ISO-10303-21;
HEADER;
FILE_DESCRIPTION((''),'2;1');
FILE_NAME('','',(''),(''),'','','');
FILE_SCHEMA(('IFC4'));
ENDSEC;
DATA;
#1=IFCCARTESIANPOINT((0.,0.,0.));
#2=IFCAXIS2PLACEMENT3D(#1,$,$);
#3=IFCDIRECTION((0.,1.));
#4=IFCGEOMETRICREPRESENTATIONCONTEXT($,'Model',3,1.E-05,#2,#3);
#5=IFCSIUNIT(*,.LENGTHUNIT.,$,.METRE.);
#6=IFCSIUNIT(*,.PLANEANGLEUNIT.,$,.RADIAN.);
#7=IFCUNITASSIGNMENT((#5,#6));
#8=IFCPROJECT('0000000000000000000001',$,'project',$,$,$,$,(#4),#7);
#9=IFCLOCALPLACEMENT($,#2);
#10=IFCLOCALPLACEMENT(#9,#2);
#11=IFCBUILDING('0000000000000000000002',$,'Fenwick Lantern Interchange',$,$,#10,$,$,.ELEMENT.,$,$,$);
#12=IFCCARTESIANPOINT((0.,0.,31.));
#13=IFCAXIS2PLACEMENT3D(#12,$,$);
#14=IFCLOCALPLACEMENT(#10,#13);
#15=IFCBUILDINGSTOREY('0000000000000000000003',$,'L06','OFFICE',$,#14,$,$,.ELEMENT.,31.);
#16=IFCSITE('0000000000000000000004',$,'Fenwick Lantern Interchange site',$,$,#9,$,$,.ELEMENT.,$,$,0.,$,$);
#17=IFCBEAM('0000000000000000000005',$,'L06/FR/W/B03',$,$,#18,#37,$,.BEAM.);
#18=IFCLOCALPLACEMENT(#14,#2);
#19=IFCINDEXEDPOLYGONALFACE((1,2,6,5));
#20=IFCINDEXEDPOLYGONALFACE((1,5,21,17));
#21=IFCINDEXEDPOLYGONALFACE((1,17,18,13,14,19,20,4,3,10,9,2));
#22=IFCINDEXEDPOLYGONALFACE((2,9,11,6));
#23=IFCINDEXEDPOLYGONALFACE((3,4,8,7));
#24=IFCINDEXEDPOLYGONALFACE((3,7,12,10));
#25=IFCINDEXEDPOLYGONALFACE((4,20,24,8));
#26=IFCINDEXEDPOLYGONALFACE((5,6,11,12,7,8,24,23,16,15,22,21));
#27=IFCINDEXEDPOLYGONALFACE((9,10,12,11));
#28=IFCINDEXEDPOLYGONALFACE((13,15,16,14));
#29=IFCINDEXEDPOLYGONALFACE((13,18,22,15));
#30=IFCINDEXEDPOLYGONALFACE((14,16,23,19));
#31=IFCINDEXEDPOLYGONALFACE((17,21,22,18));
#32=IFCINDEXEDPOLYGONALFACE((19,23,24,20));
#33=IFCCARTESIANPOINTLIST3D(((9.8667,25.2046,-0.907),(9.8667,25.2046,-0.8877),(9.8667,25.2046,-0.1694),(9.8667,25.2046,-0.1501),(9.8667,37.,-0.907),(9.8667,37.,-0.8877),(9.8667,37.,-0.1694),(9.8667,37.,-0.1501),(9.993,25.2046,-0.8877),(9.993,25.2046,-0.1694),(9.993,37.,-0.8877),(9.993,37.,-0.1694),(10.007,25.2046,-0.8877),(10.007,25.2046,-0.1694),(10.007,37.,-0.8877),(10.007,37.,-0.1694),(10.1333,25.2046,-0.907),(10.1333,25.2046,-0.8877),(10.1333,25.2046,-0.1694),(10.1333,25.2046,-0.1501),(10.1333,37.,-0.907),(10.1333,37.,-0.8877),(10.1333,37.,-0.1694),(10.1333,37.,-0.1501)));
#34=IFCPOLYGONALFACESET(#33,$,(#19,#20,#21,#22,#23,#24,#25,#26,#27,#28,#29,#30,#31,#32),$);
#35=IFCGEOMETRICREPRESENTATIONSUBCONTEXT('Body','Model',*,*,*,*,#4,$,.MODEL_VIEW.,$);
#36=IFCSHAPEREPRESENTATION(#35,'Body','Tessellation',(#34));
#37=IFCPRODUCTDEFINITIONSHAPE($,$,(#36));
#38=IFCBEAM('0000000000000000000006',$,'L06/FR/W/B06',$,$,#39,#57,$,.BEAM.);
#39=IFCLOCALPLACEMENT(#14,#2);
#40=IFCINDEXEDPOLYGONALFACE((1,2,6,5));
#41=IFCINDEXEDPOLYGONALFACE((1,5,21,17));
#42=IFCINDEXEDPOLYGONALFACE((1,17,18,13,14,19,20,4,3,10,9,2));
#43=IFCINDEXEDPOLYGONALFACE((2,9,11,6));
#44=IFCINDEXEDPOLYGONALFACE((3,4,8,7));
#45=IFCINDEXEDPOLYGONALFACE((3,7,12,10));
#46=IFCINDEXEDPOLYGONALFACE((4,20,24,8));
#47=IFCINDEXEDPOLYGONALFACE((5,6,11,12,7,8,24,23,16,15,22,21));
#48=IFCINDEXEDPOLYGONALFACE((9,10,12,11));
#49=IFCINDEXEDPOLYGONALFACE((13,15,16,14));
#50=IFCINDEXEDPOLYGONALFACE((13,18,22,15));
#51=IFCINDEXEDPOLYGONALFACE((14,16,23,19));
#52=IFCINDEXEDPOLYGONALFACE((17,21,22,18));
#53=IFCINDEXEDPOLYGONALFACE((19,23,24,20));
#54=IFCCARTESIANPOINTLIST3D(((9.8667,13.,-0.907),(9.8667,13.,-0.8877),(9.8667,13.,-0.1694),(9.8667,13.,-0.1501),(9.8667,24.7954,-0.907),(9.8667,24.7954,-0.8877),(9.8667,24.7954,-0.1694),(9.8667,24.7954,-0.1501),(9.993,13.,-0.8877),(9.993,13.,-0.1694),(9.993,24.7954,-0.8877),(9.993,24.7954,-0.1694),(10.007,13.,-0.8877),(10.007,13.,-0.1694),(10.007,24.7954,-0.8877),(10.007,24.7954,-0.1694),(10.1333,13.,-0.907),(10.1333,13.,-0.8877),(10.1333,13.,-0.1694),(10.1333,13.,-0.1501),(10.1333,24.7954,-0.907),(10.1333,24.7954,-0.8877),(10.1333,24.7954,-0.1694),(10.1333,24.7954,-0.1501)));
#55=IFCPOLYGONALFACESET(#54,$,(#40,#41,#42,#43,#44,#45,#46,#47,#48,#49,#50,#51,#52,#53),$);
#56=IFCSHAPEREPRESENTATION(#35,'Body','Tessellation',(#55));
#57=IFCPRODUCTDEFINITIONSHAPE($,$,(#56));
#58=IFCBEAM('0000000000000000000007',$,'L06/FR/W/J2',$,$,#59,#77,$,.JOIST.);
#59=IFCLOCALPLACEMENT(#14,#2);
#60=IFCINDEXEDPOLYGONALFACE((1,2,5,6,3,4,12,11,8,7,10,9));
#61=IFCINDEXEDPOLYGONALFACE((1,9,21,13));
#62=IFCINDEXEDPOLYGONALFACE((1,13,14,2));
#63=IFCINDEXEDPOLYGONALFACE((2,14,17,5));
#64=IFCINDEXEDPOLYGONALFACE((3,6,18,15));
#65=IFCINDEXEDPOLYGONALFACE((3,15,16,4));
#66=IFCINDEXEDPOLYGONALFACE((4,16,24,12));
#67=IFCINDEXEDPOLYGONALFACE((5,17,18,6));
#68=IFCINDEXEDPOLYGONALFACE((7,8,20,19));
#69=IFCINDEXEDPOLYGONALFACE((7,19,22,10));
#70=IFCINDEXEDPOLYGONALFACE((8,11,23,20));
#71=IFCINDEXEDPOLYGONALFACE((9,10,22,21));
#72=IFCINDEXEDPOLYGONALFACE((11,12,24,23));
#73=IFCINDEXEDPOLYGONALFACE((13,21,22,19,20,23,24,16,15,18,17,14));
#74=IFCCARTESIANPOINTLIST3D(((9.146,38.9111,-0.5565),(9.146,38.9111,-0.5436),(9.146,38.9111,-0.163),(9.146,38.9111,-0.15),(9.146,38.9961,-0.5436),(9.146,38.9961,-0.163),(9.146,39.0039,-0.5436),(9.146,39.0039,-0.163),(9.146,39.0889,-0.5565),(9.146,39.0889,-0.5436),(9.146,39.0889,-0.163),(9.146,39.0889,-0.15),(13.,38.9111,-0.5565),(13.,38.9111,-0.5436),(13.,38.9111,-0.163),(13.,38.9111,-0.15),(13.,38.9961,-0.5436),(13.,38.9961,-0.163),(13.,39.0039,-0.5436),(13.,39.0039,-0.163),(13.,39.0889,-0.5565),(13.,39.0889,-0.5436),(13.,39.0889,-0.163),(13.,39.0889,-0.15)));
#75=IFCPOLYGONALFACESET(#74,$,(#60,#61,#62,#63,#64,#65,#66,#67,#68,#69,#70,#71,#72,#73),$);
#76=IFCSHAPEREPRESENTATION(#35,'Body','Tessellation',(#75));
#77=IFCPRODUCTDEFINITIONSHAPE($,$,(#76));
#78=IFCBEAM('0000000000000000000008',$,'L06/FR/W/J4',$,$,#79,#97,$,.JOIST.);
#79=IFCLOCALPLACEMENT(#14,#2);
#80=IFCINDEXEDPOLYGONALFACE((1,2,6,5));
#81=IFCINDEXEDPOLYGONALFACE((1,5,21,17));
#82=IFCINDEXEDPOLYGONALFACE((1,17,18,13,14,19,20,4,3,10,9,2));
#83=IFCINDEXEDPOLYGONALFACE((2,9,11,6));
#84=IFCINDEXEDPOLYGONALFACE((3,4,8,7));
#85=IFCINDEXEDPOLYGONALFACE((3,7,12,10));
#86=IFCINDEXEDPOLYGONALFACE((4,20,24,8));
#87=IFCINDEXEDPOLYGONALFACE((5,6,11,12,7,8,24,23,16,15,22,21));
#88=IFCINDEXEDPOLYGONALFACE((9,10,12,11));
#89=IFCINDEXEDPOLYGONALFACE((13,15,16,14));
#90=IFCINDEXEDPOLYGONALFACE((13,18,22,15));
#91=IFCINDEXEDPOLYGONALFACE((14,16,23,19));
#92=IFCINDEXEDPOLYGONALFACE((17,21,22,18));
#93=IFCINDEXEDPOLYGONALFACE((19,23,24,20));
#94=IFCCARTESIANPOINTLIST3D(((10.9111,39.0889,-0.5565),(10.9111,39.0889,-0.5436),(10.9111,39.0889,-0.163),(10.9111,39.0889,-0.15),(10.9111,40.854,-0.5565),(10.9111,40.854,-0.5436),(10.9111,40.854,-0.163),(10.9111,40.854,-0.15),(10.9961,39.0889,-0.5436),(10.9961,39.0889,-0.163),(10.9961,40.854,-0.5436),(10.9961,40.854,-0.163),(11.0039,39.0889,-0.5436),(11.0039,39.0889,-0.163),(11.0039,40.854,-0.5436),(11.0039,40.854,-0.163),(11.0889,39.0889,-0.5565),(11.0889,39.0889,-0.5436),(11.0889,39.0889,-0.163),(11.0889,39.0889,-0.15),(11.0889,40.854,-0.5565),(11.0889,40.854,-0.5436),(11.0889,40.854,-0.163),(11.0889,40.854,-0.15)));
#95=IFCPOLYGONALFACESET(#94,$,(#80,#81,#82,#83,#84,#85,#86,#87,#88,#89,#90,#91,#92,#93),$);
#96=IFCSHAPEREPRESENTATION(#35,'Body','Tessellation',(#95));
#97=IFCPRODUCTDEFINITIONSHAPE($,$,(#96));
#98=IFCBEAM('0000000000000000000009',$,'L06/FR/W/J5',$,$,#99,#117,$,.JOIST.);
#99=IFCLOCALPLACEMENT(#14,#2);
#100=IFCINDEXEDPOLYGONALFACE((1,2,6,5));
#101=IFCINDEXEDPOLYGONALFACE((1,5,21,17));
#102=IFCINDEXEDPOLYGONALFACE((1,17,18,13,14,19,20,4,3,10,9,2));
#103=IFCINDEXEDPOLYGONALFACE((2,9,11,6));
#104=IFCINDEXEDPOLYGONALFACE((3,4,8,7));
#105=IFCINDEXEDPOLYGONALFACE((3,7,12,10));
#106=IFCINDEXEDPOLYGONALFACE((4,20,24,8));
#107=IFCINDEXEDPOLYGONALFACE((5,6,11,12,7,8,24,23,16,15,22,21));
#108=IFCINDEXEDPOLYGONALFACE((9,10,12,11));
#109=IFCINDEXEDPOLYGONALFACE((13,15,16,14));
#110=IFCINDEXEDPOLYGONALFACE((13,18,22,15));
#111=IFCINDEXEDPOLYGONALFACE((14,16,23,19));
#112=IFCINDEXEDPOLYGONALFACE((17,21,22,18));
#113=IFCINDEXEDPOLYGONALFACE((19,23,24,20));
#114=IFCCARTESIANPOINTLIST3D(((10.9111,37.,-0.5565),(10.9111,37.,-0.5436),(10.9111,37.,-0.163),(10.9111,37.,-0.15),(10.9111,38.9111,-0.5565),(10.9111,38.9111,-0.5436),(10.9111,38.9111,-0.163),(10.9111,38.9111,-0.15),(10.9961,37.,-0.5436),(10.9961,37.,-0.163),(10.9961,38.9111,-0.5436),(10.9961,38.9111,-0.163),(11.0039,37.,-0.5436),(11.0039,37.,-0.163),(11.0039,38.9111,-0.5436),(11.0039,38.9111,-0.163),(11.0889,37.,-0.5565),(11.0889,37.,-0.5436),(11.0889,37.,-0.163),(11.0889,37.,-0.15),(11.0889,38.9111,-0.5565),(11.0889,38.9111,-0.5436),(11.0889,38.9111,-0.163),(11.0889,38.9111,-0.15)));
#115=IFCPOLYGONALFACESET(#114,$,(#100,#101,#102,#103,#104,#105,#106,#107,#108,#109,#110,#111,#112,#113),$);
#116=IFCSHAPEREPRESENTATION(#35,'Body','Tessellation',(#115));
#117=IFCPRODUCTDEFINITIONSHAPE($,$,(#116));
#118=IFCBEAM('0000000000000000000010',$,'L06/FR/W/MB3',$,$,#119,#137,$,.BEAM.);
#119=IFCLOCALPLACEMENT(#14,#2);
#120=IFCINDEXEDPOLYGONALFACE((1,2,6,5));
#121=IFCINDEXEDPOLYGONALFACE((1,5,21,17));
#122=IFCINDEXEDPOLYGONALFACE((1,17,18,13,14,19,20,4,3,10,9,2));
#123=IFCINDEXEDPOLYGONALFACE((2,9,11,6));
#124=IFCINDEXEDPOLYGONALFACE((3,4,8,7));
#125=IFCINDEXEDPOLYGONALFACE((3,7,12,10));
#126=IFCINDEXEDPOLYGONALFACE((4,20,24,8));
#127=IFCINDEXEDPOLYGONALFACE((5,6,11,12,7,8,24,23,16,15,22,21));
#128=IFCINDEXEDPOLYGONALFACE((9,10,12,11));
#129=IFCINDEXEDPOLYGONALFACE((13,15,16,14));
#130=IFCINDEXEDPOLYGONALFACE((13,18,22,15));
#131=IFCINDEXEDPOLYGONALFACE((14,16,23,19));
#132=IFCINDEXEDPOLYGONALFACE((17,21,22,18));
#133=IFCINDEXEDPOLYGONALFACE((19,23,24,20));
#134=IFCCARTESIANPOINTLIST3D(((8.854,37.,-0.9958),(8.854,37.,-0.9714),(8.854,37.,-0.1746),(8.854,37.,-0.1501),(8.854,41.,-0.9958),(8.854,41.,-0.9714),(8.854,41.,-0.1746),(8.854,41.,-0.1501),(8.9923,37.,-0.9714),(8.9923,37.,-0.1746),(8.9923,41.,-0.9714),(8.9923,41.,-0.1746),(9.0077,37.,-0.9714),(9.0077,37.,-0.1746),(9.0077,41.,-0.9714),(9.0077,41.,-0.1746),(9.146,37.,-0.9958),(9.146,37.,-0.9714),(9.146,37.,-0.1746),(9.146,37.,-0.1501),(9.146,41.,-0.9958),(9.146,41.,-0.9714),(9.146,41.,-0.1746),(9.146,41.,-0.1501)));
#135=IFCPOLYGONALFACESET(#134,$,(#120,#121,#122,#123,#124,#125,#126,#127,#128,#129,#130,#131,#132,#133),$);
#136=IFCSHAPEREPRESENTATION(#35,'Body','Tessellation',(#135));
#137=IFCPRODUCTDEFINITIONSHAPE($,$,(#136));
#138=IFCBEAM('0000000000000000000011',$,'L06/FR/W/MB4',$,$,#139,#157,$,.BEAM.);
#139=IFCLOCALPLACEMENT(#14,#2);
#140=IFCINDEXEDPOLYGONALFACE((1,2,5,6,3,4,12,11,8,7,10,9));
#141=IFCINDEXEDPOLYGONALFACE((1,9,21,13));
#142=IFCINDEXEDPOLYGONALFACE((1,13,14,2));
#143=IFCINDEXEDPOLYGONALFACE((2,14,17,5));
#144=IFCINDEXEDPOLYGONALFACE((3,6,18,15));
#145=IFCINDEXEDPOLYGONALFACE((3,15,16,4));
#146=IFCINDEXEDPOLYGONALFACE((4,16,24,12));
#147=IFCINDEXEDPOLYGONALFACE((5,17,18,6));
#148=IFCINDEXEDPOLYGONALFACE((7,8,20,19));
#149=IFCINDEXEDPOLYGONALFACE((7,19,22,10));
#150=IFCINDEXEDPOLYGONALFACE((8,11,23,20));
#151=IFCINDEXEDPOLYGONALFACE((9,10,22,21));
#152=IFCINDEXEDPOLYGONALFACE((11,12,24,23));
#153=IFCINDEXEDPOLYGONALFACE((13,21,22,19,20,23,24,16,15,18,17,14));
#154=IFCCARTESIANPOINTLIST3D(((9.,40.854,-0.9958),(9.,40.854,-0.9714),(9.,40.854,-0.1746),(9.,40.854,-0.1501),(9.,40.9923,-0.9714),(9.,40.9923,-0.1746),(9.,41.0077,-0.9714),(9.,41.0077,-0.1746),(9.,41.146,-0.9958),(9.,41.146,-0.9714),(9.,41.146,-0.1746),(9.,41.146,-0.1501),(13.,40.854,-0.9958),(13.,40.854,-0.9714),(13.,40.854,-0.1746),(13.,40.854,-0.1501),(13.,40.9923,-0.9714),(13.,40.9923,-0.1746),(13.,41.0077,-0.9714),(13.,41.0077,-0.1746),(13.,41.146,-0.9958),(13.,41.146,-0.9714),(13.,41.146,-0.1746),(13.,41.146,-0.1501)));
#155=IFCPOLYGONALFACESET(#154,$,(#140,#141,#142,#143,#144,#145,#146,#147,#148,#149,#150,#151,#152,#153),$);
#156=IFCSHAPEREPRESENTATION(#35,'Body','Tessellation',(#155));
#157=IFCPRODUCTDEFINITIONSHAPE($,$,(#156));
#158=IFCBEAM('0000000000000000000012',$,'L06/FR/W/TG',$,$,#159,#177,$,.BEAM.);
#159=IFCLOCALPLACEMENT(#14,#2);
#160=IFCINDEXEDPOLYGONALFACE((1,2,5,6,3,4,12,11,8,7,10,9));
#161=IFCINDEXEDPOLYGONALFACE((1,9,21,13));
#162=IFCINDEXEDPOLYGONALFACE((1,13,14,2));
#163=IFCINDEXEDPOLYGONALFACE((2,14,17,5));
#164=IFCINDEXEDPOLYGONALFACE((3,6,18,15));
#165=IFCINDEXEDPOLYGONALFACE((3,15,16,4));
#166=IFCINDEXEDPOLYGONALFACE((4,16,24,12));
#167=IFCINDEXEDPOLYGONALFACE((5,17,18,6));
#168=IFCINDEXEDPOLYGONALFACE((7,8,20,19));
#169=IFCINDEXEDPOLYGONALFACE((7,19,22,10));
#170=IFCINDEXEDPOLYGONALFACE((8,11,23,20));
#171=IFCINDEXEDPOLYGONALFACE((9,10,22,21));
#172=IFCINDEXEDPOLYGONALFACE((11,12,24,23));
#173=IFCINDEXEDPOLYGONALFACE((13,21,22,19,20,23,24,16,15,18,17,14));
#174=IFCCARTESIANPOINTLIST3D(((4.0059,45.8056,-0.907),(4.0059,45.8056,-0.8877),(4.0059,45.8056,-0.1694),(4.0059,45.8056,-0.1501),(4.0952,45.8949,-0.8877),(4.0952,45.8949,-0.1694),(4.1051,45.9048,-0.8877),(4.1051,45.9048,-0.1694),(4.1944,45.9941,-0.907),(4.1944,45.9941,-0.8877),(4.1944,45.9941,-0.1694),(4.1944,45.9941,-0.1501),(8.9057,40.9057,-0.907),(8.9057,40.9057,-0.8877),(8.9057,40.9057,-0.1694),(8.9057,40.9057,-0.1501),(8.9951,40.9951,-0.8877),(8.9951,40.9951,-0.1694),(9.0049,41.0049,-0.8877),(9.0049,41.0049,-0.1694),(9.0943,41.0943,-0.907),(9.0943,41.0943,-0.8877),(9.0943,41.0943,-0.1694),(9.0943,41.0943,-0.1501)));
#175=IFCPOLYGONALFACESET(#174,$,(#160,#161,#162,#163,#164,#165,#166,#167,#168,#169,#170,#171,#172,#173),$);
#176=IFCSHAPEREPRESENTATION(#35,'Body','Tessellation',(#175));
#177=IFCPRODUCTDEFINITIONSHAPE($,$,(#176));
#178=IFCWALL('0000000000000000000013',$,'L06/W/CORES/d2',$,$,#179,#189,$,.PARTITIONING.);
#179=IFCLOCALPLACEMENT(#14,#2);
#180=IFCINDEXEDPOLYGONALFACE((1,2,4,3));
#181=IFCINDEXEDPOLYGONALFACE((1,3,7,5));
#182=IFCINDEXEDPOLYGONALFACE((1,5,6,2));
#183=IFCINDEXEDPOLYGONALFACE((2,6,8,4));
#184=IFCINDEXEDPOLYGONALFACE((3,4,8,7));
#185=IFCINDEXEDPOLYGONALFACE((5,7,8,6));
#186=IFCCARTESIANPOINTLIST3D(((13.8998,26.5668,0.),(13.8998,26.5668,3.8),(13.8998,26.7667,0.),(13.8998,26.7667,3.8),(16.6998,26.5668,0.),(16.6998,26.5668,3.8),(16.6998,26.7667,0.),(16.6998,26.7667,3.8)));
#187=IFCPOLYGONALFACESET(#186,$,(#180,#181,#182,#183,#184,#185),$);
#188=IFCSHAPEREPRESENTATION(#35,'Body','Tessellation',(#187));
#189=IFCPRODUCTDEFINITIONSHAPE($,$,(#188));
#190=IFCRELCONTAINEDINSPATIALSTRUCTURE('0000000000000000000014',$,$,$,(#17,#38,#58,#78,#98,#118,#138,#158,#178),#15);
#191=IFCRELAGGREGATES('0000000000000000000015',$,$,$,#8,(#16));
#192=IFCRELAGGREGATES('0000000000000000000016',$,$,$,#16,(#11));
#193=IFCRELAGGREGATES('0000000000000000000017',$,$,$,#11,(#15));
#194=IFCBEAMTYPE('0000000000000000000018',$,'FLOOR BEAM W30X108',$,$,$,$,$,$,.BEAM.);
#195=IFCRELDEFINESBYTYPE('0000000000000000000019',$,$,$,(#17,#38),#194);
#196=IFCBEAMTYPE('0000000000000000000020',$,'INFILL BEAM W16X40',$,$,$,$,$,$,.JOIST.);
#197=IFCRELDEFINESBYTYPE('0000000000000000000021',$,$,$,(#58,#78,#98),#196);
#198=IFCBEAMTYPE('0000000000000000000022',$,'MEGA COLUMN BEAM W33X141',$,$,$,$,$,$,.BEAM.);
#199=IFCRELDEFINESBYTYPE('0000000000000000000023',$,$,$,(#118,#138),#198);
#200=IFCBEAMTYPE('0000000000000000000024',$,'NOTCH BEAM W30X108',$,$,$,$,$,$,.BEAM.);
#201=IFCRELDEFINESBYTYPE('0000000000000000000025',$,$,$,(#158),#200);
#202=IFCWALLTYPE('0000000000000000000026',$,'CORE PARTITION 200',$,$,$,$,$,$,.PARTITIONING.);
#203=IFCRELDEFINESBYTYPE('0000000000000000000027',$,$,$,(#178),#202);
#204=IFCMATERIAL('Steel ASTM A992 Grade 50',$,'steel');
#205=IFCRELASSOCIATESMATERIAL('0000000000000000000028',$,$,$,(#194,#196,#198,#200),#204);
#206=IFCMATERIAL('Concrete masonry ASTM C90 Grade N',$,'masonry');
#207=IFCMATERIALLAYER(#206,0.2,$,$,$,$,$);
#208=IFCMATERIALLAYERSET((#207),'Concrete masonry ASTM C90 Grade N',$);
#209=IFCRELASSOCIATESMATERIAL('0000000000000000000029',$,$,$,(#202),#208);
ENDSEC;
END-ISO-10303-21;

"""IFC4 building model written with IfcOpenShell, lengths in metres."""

from ifc_helpers import new_model, si_unit, direction, frame, frame_2d, origin, origin_2d, place, context, subcontext, project, spatial, rectangle, i_section, extrude, material, layer, layer_set, material_profile, profile_set, type_object, element, save


model = new_model("IFC4")

# Units and contexts
model_context = context("Model", 3, precision=1e-05, world=origin(), true_north=direction((0.0, 1.0)))
body_context = subcontext(model_context, "Body", "Model", "MODEL_VIEW")
ifc_project = project(units=[si_unit("LENGTHUNIT", "METRE"), si_unit("PLANEANGLEUNIT", "RADIAN")], contexts=[model_context])

# Site, building, storey
site_placement = place(None, origin())
site = spatial("IfcSite", under=ifc_project, at=site_placement, Name="Fenwick Lantern Interchange site", CompositionType="ELEMENT", RefElevation=0.0)
building_placement = place(site_placement, origin())
building = spatial("IfcBuilding", under=site, at=building_placement, Name="Fenwick Lantern Interchange", CompositionType="ELEMENT")
storey_placement = place(building_placement, frame((0.0, 0.0, 31.0)))
storey = spatial("IfcBuildingStorey", under=building, at=storey_placement, Name="L06", Description="OFFICE", CompositionType="ELEMENT", Elevation=31.0)

# Beams
ifc_material_1 = material(Name="Steel ASTM A992 Grade 50", Category="steel")
ifc_material_profile_1 = material_profile(ifc_material_1, i_section(OverallWidth=0.2666, OverallDepth=0.7568, WebThickness=0.0139, FlangeThickness=0.0193, at=origin_2d()), Name="W30X108")
ifc_profile_set_1 = profile_set([ifc_material_profile_1], Name="Steel ASTM A992 Grade 50")
beam_type_1 = type_object("IfcBeamType", Name="FLOOR BEAM W30X108", PredefinedType="BEAM", material=ifc_profile_set_1)
for number, where, z_axis, x_axis, name in (
    (1, (10.0, 37.0, -0.5286), (0.0, -1.0, 0.0), (1.0, 0.0, 0.0), "L06/FR/W/B03"),
    (2, (10.0, 24.7954, -0.5286), (0.0, -1.0, 0.0), (1.0, 0.0, 0.0), "L06/FR/W/B06"),
):
    element("IfcBeam", number, at=place(storey_placement, frame(where, z_axis=z_axis, x_axis=x_axis)), inside=storey, type_object=beam_type_1, Name=name, PredefinedType="BEAM", context=body_context, shape_type="SweptSolid", body=[
        extrude(i_section(OverallWidth=0.2666, OverallDepth=0.7568, WebThickness=0.0139, FlangeThickness=0.0193, at=origin_2d()), origin(), (0.0, 0.0, 1.0), 11.7954),
    ])
ifc_material_profile_2 = material_profile(ifc_material_1, i_section(OverallWidth=0.1777, OverallDepth=0.4065, WebThickness=0.0078, FlangeThickness=0.0129, at=origin_2d()), Name="W16X40")
ifc_profile_set_2 = profile_set([ifc_material_profile_2], Name="Steel ASTM A992 Grade 50")
beam_type_2 = type_object("IfcBeamType", Name="INFILL BEAM W16X40", PredefinedType="JOIST", material=ifc_profile_set_2)
beam_1_placement = place(storey_placement, frame((9.146, 39.0, -0.3533), z_axis=(1.0, 0.0, 0.0), x_axis=(0.0, 1.0, 0.0)))
element("IfcBeam", 3, at=beam_1_placement, inside=storey, type_object=beam_type_2, Name="L06/FR/W/J2", PredefinedType="JOIST", context=body_context, shape_type="SweptSolid", body=[
    extrude(i_section(OverallWidth=0.1777, OverallDepth=0.4065, WebThickness=0.0078, FlangeThickness=0.0129, at=origin_2d()), origin(), (0.0, 0.0, 1.0), 3.854),
])
beam_2_placement = place(storey_placement, frame((11.0, 40.854, -0.3533), z_axis=(0.0, -1.0, 0.0), x_axis=(1.0, 0.0, 0.0)))
element("IfcBeam", 4, at=beam_2_placement, inside=storey, type_object=beam_type_2, Name="L06/FR/W/J4", PredefinedType="JOIST", context=body_context, shape_type="SweptSolid", body=[
    extrude(i_section(OverallWidth=0.1777, OverallDepth=0.4065, WebThickness=0.0078, FlangeThickness=0.0129, at=origin_2d()), origin(), (0.0, 0.0, 1.0), 1.7651),
])
beam_3_placement = place(storey_placement, frame((11.0, 38.9111, -0.3533), z_axis=(0.0, -1.0, 0.0), x_axis=(1.0, 0.0, 0.0)))
element("IfcBeam", 5, at=beam_3_placement, inside=storey, type_object=beam_type_2, Name="L06/FR/W/J5", PredefinedType="JOIST", context=body_context, shape_type="SweptSolid", body=[
    extrude(i_section(OverallWidth=0.1777, OverallDepth=0.4065, WebThickness=0.0078, FlangeThickness=0.0129, at=origin_2d()), origin(), (0.0, 0.0, 1.0), 1.9111),
])
ifc_material_profile_3 = material_profile(ifc_material_1, i_section(OverallWidth=0.292, OverallDepth=0.8457, WebThickness=0.0154, FlangeThickness=0.0244, at=origin_2d()), Name="W33X141")
ifc_profile_set_3 = profile_set([ifc_material_profile_3], Name="Steel ASTM A992 Grade 50")
beam_type_3 = type_object("IfcBeamType", Name="MEGA COLUMN BEAM W33X141", PredefinedType="BEAM", material=ifc_profile_set_3)
for number, where, z_axis, x_axis, name in (
    (6, (9.0, 41.0, -0.573), (0.0, -1.0, 0.0), (1.0, 0.0, 0.0), "L06/FR/W/MB3"),
    (7, (9.0, 41.0, -0.573), (1.0, 0.0, 0.0), (0.0, 1.0, 0.0), "L06/FR/W/MB4"),
):
    element("IfcBeam", number, at=place(storey_placement, frame(where, z_axis=z_axis, x_axis=x_axis)), inside=storey, type_object=beam_type_3, Name=name, PredefinedType="BEAM", context=body_context, shape_type="SweptSolid", body=[
        extrude(i_section(OverallWidth=0.292, OverallDepth=0.8457, WebThickness=0.0154, FlangeThickness=0.0244, at=origin_2d()), origin(), (0.0, 0.0, 1.0), 4.0),
    ])
ifc_material_profile_4 = material_profile(ifc_material_1, i_section(OverallWidth=0.2666, OverallDepth=0.7568, WebThickness=0.0139, FlangeThickness=0.0193, at=origin_2d()), Name="W30X108")
ifc_profile_set_4 = profile_set([ifc_material_profile_4], Name="Steel ASTM A992 Grade 50")
beam_type_4 = type_object("IfcBeamType", Name="NOTCH BEAM W30X108", PredefinedType="BEAM", material=ifc_profile_set_4)
beam_4_placement = place(storey_placement, frame((9.0, 41.0, -0.5286), z_axis=(-0.707107, 0.707107, 0.0), x_axis=(-0.707107, -0.707107, 0.0)))
element("IfcBeam", 8, at=beam_4_placement, inside=storey, type_object=beam_type_4, Name="L06/FR/W/TG", PredefinedType="BEAM", context=body_context, shape_type="SweptSolid", body=[
    extrude(i_section(OverallWidth=0.2666, OverallDepth=0.7568, WebThickness=0.0139, FlangeThickness=0.0193, at=origin_2d()), origin(), (0.0, 0.0, 1.0), 6.9294),
])

# Wall
ifc_material_2 = material(Name="Concrete masonry ASTM C90 Grade N", Category="masonry")
ifc_layer_1 = layer(ifc_material_2, 0.2)
ifc_layer_set_1 = layer_set([ifc_layer_1], Name="Concrete masonry ASTM C90 Grade N")
wall_type_1 = type_object("IfcWallType", Name="CORE PARTITION 200", PredefinedType="PARTITIONING", material=ifc_layer_set_1)
for number, where, z_axis, x_axis, name in (
    (9, (13.8999, 26.6667, 0.0), (0.0, 0.0, 1.0), (1.0, 0.0, 0.0), "L06/W/CORES/d2"),
):
    element("IfcWall", number, at=place(storey_placement, frame(where, z_axis=z_axis, x_axis=x_axis)), inside=storey, type_object=wall_type_1, Name=name, PredefinedType="PARTITIONING", context=body_context, shape_type="SweptSolid", body=[
        extrude(rectangle(XDim=2.8, YDim=0.2, at=frame_2d((1.3999, 0.0))), origin(), (0.0, 0.0, 1.0), 3.8),
    ])

save(model, "model.ifc")
